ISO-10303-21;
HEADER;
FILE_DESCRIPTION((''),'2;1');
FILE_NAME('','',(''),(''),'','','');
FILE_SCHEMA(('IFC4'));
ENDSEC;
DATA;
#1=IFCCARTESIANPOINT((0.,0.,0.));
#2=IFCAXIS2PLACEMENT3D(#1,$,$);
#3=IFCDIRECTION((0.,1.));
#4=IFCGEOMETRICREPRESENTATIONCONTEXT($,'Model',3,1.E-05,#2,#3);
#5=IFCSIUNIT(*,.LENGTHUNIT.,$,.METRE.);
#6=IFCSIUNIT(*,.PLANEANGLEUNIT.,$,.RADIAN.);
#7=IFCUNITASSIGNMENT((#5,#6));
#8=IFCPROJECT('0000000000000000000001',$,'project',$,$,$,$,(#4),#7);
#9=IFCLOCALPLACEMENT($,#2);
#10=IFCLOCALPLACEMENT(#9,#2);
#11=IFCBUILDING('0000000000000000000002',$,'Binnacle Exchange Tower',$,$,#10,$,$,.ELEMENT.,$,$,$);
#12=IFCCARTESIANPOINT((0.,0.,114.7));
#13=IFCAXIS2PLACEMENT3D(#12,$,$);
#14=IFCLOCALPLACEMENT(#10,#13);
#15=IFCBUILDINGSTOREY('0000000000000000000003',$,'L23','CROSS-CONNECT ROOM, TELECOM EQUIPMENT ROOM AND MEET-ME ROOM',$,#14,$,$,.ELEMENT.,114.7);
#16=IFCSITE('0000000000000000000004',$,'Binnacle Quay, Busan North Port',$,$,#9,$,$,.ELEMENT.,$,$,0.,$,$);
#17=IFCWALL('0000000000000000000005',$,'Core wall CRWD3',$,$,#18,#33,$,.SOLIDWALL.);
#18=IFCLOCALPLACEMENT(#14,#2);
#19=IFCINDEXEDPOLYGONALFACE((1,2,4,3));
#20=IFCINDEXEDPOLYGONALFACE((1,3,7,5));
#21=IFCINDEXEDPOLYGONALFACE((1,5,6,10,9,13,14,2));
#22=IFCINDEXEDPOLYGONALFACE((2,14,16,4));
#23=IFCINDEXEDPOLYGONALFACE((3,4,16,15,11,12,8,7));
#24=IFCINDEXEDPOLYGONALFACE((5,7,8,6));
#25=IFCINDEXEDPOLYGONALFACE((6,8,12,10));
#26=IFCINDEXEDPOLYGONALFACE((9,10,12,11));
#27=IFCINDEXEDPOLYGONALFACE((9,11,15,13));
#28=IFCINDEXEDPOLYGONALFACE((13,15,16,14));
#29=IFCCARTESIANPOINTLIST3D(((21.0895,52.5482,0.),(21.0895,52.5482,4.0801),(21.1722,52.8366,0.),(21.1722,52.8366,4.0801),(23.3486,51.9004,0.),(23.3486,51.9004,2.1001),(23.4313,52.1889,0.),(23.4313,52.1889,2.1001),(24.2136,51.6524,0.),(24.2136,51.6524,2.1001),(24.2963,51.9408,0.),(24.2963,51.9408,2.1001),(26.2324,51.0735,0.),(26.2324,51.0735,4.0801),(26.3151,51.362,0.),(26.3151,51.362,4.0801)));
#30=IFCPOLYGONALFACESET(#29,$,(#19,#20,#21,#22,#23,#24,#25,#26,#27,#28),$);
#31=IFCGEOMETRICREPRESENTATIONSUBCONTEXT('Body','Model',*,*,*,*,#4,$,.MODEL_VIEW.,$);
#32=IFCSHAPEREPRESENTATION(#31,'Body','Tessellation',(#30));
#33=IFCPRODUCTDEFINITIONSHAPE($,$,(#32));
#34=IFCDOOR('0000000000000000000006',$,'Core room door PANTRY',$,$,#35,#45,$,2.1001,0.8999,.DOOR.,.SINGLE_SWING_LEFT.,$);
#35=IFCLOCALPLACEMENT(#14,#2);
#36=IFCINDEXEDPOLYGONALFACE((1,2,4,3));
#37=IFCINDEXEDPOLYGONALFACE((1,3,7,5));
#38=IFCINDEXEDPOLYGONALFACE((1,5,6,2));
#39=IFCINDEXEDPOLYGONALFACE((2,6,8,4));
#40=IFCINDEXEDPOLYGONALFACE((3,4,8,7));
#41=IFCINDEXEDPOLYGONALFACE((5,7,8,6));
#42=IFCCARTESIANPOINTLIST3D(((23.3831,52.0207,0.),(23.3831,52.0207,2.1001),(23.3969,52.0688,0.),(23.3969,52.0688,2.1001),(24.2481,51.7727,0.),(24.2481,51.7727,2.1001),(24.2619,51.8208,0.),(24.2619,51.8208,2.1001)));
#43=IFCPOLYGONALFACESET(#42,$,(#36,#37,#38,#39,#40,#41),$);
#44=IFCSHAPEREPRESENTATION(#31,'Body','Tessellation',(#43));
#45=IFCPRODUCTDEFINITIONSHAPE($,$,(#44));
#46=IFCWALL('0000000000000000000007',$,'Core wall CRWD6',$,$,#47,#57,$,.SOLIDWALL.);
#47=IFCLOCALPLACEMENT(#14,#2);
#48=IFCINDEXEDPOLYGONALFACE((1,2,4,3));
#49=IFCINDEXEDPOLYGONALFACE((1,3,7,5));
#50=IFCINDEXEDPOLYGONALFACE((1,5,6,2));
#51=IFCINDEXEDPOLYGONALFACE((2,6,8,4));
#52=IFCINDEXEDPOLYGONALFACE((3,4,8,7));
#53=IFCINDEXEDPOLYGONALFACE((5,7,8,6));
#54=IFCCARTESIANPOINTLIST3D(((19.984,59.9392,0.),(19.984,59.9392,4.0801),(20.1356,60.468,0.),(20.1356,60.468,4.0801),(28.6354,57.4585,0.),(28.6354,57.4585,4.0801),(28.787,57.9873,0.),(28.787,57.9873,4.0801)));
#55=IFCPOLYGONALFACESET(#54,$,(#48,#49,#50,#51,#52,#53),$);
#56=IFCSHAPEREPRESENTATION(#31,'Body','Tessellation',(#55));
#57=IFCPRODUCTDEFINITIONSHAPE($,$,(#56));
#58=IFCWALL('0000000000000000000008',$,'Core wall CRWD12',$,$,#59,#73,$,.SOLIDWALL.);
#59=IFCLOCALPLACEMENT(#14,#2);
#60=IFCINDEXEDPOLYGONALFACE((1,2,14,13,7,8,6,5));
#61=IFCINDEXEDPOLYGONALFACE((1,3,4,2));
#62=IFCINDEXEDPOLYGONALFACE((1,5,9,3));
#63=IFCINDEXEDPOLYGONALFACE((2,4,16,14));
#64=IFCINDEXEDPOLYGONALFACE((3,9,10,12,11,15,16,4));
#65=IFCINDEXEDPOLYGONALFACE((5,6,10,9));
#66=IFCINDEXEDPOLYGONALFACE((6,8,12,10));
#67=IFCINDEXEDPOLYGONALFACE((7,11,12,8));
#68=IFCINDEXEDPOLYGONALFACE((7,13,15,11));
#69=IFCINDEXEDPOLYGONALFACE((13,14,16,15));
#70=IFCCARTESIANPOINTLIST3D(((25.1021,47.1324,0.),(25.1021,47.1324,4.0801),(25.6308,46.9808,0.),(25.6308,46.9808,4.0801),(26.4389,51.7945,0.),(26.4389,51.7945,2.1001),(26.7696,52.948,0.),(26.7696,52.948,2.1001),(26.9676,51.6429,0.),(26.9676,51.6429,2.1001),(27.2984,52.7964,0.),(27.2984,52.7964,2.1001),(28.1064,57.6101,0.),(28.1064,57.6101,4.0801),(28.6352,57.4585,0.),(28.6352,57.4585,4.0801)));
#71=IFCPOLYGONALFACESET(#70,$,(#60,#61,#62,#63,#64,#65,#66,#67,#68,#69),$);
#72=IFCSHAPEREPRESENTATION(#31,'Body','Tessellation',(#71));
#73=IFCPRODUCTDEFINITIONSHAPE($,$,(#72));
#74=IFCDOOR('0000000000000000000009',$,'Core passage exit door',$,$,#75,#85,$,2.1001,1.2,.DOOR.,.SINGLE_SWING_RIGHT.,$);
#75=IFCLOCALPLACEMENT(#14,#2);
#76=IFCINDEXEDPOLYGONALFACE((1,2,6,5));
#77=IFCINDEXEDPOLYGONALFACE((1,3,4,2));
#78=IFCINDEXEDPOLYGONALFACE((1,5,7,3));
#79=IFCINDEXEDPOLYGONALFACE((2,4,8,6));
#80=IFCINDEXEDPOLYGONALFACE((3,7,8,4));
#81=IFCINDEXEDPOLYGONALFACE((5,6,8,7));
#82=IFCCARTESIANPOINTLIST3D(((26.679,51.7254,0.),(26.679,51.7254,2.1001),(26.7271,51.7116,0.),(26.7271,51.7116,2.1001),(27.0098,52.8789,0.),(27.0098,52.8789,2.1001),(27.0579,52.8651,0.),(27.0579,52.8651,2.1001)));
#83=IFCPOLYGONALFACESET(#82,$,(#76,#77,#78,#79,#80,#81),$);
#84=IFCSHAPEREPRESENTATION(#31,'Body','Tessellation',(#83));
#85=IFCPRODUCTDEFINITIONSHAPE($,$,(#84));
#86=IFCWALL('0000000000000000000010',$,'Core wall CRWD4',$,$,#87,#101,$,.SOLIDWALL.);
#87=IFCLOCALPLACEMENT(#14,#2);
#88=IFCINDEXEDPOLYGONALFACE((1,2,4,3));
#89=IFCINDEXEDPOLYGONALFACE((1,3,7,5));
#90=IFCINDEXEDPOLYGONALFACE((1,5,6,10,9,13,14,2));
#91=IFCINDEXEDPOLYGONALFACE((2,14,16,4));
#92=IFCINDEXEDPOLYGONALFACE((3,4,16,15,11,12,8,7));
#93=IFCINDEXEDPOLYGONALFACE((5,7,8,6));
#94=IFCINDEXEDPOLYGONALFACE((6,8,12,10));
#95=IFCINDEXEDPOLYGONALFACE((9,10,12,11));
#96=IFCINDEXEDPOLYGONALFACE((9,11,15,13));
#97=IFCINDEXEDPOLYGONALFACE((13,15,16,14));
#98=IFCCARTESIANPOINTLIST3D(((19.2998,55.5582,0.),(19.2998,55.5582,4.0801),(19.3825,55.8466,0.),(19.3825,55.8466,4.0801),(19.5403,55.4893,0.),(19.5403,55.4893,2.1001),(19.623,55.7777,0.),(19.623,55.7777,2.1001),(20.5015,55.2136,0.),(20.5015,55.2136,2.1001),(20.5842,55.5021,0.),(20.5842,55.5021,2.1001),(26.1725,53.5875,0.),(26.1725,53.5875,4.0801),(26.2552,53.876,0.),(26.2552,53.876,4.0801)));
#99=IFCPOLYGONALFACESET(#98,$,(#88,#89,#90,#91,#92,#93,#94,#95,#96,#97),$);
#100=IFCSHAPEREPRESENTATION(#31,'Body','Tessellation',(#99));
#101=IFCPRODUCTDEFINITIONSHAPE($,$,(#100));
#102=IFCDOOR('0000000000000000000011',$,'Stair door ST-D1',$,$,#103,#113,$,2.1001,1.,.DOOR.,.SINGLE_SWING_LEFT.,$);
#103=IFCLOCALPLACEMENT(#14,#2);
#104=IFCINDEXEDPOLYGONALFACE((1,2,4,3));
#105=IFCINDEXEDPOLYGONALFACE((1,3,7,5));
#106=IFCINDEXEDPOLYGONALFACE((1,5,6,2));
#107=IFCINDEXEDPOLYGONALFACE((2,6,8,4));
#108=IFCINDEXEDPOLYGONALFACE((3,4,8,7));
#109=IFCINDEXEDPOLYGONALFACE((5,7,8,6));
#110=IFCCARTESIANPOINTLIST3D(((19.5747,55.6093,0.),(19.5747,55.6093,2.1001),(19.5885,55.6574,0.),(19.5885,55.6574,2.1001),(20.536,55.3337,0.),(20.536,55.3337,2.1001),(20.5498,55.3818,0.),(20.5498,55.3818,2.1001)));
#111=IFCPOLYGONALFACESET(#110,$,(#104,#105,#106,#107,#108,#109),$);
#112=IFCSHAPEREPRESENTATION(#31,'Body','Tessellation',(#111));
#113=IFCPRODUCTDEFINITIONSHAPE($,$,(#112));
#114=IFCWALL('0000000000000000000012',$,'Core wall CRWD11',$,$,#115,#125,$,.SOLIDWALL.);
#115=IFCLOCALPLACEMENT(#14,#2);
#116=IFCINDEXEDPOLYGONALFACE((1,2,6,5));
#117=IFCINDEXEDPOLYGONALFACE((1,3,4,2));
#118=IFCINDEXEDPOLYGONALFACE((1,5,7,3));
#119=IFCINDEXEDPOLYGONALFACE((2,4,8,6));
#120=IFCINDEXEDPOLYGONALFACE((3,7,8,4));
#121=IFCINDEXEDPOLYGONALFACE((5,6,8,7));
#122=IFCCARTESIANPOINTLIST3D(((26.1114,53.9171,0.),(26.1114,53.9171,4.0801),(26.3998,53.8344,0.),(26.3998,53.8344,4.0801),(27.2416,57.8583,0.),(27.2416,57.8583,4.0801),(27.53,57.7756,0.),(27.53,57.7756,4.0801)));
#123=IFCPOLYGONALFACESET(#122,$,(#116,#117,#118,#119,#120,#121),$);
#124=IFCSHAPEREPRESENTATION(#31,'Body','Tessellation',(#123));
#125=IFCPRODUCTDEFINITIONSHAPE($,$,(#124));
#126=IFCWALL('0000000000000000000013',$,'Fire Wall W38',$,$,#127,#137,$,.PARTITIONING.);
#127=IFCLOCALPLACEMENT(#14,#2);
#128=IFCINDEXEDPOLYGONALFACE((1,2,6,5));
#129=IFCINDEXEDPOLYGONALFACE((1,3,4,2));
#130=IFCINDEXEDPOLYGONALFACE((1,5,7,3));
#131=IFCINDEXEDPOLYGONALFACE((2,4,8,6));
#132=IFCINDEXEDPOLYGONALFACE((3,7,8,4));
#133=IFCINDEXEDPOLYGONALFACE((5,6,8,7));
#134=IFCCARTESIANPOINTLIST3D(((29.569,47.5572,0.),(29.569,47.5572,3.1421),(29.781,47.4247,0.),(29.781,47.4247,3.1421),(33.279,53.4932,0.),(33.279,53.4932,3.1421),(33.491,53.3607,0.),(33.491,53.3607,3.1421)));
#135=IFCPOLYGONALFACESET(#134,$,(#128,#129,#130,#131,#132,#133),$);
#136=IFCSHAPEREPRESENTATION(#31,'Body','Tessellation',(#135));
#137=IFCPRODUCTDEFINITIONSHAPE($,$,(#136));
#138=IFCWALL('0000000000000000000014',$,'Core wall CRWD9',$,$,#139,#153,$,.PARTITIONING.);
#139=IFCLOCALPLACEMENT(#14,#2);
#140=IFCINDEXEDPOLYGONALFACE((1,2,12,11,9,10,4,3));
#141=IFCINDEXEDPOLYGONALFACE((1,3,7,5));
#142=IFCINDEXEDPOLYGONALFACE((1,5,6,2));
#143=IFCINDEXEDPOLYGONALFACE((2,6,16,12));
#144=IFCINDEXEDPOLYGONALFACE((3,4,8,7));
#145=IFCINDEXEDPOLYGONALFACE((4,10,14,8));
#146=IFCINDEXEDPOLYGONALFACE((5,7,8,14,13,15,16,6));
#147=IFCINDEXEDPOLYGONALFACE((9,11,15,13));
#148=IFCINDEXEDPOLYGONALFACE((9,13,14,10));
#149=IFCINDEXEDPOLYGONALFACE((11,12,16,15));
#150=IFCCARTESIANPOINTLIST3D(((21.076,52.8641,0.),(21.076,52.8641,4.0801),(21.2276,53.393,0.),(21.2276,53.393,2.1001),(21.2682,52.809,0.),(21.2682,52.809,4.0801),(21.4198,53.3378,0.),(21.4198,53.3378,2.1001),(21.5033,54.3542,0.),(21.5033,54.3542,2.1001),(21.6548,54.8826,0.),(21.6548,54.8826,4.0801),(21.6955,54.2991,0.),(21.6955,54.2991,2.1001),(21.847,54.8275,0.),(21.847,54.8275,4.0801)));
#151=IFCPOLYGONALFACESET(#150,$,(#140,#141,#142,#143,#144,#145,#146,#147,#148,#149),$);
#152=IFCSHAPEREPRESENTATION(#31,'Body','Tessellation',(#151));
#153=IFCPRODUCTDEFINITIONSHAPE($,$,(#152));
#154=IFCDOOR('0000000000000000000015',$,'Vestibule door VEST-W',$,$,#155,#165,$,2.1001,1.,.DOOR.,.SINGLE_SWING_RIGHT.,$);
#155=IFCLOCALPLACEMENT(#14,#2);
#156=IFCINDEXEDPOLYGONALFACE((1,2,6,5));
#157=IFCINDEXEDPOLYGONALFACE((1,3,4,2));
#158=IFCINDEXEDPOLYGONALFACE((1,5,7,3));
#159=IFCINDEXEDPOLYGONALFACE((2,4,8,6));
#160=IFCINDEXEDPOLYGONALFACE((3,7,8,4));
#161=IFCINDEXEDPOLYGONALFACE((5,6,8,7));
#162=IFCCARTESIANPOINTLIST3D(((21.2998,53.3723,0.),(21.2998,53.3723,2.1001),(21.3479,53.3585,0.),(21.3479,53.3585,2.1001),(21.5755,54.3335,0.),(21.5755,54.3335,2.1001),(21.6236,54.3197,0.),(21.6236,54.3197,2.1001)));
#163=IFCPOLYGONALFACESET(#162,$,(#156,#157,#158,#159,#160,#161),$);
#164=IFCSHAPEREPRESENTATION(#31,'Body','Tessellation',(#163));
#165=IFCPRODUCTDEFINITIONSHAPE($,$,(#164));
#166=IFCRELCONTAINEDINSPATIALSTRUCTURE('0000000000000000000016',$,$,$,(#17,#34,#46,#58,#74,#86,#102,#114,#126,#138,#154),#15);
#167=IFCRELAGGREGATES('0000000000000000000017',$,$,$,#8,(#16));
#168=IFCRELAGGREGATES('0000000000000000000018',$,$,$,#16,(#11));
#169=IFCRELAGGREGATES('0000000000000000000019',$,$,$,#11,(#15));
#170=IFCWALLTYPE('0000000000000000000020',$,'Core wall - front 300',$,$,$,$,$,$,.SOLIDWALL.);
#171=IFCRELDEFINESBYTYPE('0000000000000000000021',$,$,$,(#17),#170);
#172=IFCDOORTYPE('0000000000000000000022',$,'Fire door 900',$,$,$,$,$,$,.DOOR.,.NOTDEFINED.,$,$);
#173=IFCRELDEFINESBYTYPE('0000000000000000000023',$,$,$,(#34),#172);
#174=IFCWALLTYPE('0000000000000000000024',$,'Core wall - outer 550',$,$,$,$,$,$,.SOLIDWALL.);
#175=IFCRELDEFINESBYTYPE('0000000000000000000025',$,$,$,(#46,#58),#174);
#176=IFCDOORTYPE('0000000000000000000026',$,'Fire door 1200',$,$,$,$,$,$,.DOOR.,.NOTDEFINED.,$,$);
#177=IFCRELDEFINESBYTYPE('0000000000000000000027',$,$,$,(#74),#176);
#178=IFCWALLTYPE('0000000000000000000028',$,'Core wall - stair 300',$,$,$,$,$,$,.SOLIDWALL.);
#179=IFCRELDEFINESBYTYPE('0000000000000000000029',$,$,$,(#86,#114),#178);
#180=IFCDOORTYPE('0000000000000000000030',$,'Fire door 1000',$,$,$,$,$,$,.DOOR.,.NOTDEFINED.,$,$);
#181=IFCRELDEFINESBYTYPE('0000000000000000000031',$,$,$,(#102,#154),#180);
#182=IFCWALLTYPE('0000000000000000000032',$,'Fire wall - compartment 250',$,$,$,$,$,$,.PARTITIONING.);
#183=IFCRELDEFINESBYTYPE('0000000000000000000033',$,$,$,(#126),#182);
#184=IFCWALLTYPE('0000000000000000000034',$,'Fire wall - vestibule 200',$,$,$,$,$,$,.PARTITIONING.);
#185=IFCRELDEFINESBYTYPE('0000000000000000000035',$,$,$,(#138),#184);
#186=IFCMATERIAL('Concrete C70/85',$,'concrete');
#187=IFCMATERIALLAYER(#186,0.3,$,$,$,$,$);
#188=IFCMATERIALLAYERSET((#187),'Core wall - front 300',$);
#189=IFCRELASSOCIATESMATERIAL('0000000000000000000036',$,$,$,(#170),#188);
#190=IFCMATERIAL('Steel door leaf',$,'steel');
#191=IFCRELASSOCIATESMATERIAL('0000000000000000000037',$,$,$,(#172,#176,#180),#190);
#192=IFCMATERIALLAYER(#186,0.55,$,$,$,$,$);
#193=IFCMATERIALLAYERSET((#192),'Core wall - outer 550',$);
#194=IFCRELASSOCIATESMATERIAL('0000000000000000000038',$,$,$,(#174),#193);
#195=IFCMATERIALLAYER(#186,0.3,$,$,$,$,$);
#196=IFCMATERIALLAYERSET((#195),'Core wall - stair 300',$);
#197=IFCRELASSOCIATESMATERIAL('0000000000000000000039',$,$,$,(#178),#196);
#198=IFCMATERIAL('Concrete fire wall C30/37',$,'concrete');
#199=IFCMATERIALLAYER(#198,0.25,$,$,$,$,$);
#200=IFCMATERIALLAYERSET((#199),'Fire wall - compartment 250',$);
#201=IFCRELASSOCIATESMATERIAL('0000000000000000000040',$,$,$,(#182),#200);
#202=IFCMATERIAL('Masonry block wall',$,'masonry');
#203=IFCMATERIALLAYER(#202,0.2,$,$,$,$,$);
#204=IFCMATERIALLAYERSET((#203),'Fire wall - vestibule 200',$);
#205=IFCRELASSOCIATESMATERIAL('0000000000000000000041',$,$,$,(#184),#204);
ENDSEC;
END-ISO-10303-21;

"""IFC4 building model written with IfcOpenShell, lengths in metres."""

from ifc_helpers import new_model, si_unit, direction, frame, frame_2d, origin, place, context, subcontext, project, spatial, rectangle, extrude, material, layer, layer_set, type_object, element, fill, save


model = new_model("IFC4")

# Units and contexts
model_context = context("Model", 3, precision=1e-05, world=origin(), true_north=direction((0.0, 1.0)))
body_context = subcontext(model_context, "Body", "Model", "MODEL_VIEW")
ifc_project = project(units=[si_unit("LENGTHUNIT", "METRE"), si_unit("PLANEANGLEUNIT", "RADIAN")], contexts=[model_context])

# Site, building, storey
site_placement = place(None, origin())
site = spatial("IfcSite", under=ifc_project, at=site_placement, Name="Binnacle Quay, Busan North Port", CompositionType="ELEMENT", RefElevation=0.0)
building_placement = place(site_placement, origin())
building = spatial("IfcBuilding", under=site, at=building_placement, Name="Binnacle Exchange Tower", CompositionType="ELEMENT")
storey_placement = place(building_placement, frame((0.0, 0.0, 114.7)))
storey = spatial("IfcBuildingStorey", under=building, at=storey_placement, Name="L23", Description="CROSS-CONNECT ROOM, TELECOM EQUIPMENT ROOM AND MEET-ME ROOM", CompositionType="ELEMENT", Elevation=114.7)

# Shared definitions
ifc_material_1 = material(Name="Concrete C70/85", Category="concrete")

# Wall, opening, door
ifc_layer_1 = layer(ifc_material_1, 0.3)
ifc_layer_set_1 = layer_set([ifc_layer_1], Name="Core wall - front 300")
wall_type_1 = type_object("IfcWallType", Name="Core wall - front 300", PredefinedType="SOLIDWALL", material=ifc_layer_set_1)
wall_1_placement = place(storey_placement, frame((21.1309, 52.6924, 0.0), z_axis=(0.0, 0.0, 1.0), x_axis=(0.961265, -0.275625, 0.0)))
wall_1 = element("IfcWall", 1, at=wall_1_placement, inside=storey, type_object=wall_type_1, Name="Core wall CRWD3", PredefinedType="SOLIDWALL", context=body_context, shape_type="SweptSolid", body=[
    extrude(rectangle(XDim=5.3501, YDim=0.3, at=frame_2d((2.675, 0.0))), origin(), (0.0, 0.0, 1.0), 4.0801),
])
opening_1_placement = place(wall_1_placement, frame((2.3501, 0.0, 0.0)))
opening_1 = element("IfcOpeningElement", 2, at=opening_1_placement, cuts=wall_1, PredefinedType="OPENING", context=body_context, shape_type="SweptSolid", body=[
    extrude(rectangle(XDim=0.8999, YDim=2.1001, at=frame_2d((0.45, 1.05))), frame((0.0, 0.1599, 0.0), z_axis=(0.0, -1.0, 0.0), x_axis=(1.0, 0.0, 0.0)), (0.0, 0.0, 1.0), 0.3201),
])
ifc_material_2 = material(Name="Steel door leaf", Category="steel")
door_type_1 = type_object("IfcDoorType", Name="Fire door 900", OperationType="NOTDEFINED", PredefinedType="DOOR", material=ifc_material_2)
door_1_placement = place(opening_1_placement, frame((0.8999, 0.0, 0.0), z_axis=(0.0, 0.0, 1.0), x_axis=(-1.0, 0.0, 0.0)))
door_1 = element("IfcDoor", 3, at=door_1_placement, inside=storey, type_object=door_type_1, Name="Core room door PANTRY", OperationType="SINGLE_SWING_LEFT", OverallHeight=2.1001, OverallWidth=0.8999, PredefinedType="DOOR", context=body_context, shape_type="SweptSolid", body=[
    extrude(rectangle(XDim=0.8999, YDim=2.1001, at=frame_2d((0.45, 1.05))), frame((0.0, 0.0249, 0.0), z_axis=(0.0, -1.0, 0.0), x_axis=(1.0, 0.0, 0.0)), (0.0, 0.0, 1.0), 0.05),
])
fill(opening_1, door_1)

# Wall
ifc_layer_2 = layer(ifc_material_1, 0.55)
ifc_layer_set_2 = layer_set([ifc_layer_2], Name="Core wall - outer 550")
wall_type_2 = type_object("IfcWallType", Name="Core wall - outer 550", PredefinedType="SOLIDWALL", material=ifc_layer_set_2)
wall_2_placement = place(storey_placement, frame((20.0598, 60.2036, 0.0), z_axis=(0.0, 0.0, 1.0), x_axis=(0.961262, -0.275635, 0.0)))
element("IfcWall", 4, at=wall_2_placement, inside=storey, type_object=wall_type_2, Name="Core wall CRWD6", PredefinedType="SOLIDWALL", context=body_context, shape_type="SweptSolid", body=[
    extrude(rectangle(XDim=9.0, YDim=0.55, at=frame_2d((4.5, 0.0))), origin(), (0.0, 0.0, 1.0), 4.0801),
])

# Walls, openings, doors
wall_3_placement = place(storey_placement, frame((25.3665, 47.0566, 0.0), z_axis=(0.0, 0.0, 1.0), x_axis=(0.275632, 0.961263, 0.0)))
wall_3 = element("IfcWall", 5, at=wall_3_placement, inside=storey, type_object=wall_type_2, Name="Core wall CRWD12", PredefinedType="SOLIDWALL", context=body_context, shape_type="SweptSolid", body=[
    extrude(rectangle(XDim=10.8999, YDim=0.55, at=frame_2d((5.45, 0.0))), origin(), (0.0, 0.0, 1.0), 4.0801),
])
opening_2_placement = place(wall_3_placement, frame((4.8499, 0.0, 0.0)))
opening_2 = element("IfcOpeningElement", 6, at=opening_2_placement, cuts=wall_3, PredefinedType="OPENING", context=body_context, shape_type="SweptSolid", body=[
    extrude(rectangle(XDim=1.2, YDim=2.1001, at=frame_2d((0.6001, 1.05))), frame((0.0, 0.2849, 0.0), z_axis=(0.0, -1.0, 0.0), x_axis=(1.0, 0.0, 0.0)), (0.0, 0.0, 1.0), 0.5701),
])
door_type_2 = type_object("IfcDoorType", Name="Fire door 1200", OperationType="NOTDEFINED", PredefinedType="DOOR", material=ifc_material_2)
door_2_placement = place(opening_2_placement, frame((1.2, 0.0, 0.0), z_axis=(0.0, 0.0, 1.0), x_axis=(-1.0, 0.0, 0.0)))
door_2 = element("IfcDoor", 7, at=door_2_placement, inside=storey, type_object=door_type_2, Name="Core passage exit door", OperationType="SINGLE_SWING_RIGHT", OverallHeight=2.1001, OverallWidth=1.2, PredefinedType="DOOR", context=body_context, shape_type="SweptSolid", body=[
    extrude(rectangle(XDim=1.2, YDim=2.1001, at=frame_2d((0.6001, 1.05))), frame((0.0, 0.0249, 0.0), z_axis=(0.0, -1.0, 0.0), x_axis=(1.0, 0.0, 0.0)), (0.0, 0.0, 1.0), 0.05),
])
fill(opening_2, door_2)
ifc_layer_3 = layer(ifc_material_1, 0.3)
ifc_layer_set_3 = layer_set([ifc_layer_3], Name="Core wall - stair 300")
wall_type_3 = type_object("IfcWallType", Name="Core wall - stair 300", PredefinedType="SOLIDWALL", material=ifc_layer_set_3)
wall_4_placement = place(storey_placement, frame((19.3413, 55.7024, 0.0), z_axis=(0.0, 0.0, 1.0), x_axis=(0.961263, -0.275632, 0.0)))
wall_4 = element("IfcWall", 8, at=wall_4_placement, inside=storey, type_object=wall_type_3, Name="Core wall CRWD4", PredefinedType="SOLIDWALL", context=body_context, shape_type="SweptSolid", body=[
    extrude(rectangle(XDim=7.1497, YDim=0.3, at=frame_2d((3.5747, 0.0))), origin(), (0.0, 0.0, 1.0), 4.0801),
])
opening_3_placement = place(wall_4_placement, frame((0.25, 0.0, 0.0)))
opening_3 = element("IfcOpeningElement", 9, at=opening_3_placement, cuts=wall_4, PredefinedType="OPENING", context=body_context, shape_type="SweptSolid", body=[
    extrude(rectangle(XDim=1.0, YDim=2.1001, at=frame_2d((0.5, 1.05))), frame((0.0, 0.1599, 0.0), z_axis=(0.0, -1.0, 0.0), x_axis=(1.0, 0.0, 0.0)), (0.0, 0.0, 1.0), 0.3201),
])
door_type_3 = type_object("IfcDoorType", Name="Fire door 1000", OperationType="NOTDEFINED", PredefinedType="DOOR", material=ifc_material_2)
door_3_placement = place(opening_3_placement, origin())
door_3 = element("IfcDoor", 10, at=door_3_placement, inside=storey, type_object=door_type_3, Name="Stair door ST-D1", OperationType="SINGLE_SWING_LEFT", OverallHeight=2.1001, OverallWidth=1.0, PredefinedType="DOOR", context=body_context, shape_type="SweptSolid", body=[
    extrude(rectangle(XDim=1.0, YDim=2.1001, at=frame_2d((0.5, 1.05))), frame((0.0, 0.0249, 0.0), z_axis=(0.0, -1.0, 0.0), x_axis=(1.0, 0.0, 0.0)), (0.0, 0.0, 1.0), 0.05),
])
fill(opening_3, door_3)

# Walls
wall_5_placement = place(storey_placement, frame((26.2556, 53.8757, 0.0), z_axis=(0.0, 0.0, 1.0), x_axis=(0.275641, 0.961261, 0.0)))
element("IfcWall", 11, at=wall_5_placement, inside=storey, type_object=wall_type_3, Name="Core wall CRWD11", PredefinedType="SOLIDWALL", context=body_context, shape_type="SweptSolid", body=[
    extrude(rectangle(XDim=4.1001, YDim=0.3, at=frame_2d((2.05, 0.0))), origin(), (0.0, 0.0, 1.0), 4.0801),
])
ifc_material_3 = material(Name="Concrete fire wall C30/37", Category="concrete")
ifc_layer_4 = layer(ifc_material_3, 0.25)
ifc_layer_set_4 = layer_set([ifc_layer_4], Name="Fire wall - compartment 250")
wall_type_4 = type_object("IfcWallType", Name="Fire wall - compartment 250", PredefinedType="PARTITIONING", material=ifc_layer_set_4)
wall_6_placement = place(storey_placement, frame((29.675, 47.491, 0.0), z_axis=(0.0, 0.0, 1.0), x_axis=(0.529993, 0.848002, 0.0)))
element("IfcWall", 12, at=wall_6_placement, inside=storey, type_object=wall_type_4, Name="Fire Wall W38", PredefinedType="PARTITIONING", context=body_context, shape_type="SweptSolid", body=[
    extrude(rectangle(XDim=7.0, YDim=0.25, at=frame_2d((3.5, 0.0))), origin(), (0.0, 0.0, 1.0), 3.1421),
])

# Wall, opening, door
ifc_material_4 = material(Name="Masonry block wall", Category="masonry")
ifc_layer_5 = layer(ifc_material_4, 0.2)
ifc_layer_set_5 = layer_set([ifc_layer_5], Name="Fire wall - vestibule 200")
wall_type_5 = type_object("IfcWallType", Name="Fire wall - vestibule 200", PredefinedType="PARTITIONING", material=ifc_layer_set_5)
wall_7_placement = place(storey_placement, frame((21.1721, 52.8367, 0.0), z_axis=(0.0, 0.0, 1.0), x_axis=(0.275658, 0.961256, 0.0)))
wall_7 = element("IfcWall", 13, at=wall_7_placement, inside=storey, type_object=wall_type_5, Name="Core wall CRWD9", PredefinedType="PARTITIONING", context=body_context, shape_type="SweptSolid", body=[
    extrude(rectangle(XDim=2.0999, YDim=0.2, at=frame_2d((1.0498, 0.0))), origin(), (0.0, 0.0, 1.0), 4.0801),
])
opening_4_placement = place(wall_7_placement, frame((0.55, 0.0, 0.0)))
opening_4 = element("IfcOpeningElement", 14, at=opening_4_placement, cuts=wall_7, PredefinedType="OPENING", context=body_context, shape_type="SweptSolid", body=[
    extrude(rectangle(XDim=1.0, YDim=2.1001, at=frame_2d((0.5, 1.05))), frame((0.0, 0.1099, 0.0), z_axis=(0.0, -1.0, 0.0), x_axis=(1.0, 0.0, 0.0)), (0.0, 0.0, 1.0), 0.22),
])
door_4_placement = place(opening_4_placement, origin())
door_4 = element("IfcDoor", 15, at=door_4_placement, inside=storey, type_object=door_type_3, Name="Vestibule door VEST-W", OperationType="SINGLE_SWING_RIGHT", OverallHeight=2.1001, OverallWidth=1.0, PredefinedType="DOOR", context=body_context, shape_type="SweptSolid", body=[
    extrude(rectangle(XDim=1.0, YDim=2.1001, at=frame_2d((0.5, 1.05))), frame((0.0, 0.0249, 0.0), z_axis=(0.0, -1.0, 0.0), x_axis=(1.0, 0.0, 0.0)), (0.0, 0.0, 1.0), 0.05),
])
fill(opening_4, door_4)

save(model, "model.ifc")
